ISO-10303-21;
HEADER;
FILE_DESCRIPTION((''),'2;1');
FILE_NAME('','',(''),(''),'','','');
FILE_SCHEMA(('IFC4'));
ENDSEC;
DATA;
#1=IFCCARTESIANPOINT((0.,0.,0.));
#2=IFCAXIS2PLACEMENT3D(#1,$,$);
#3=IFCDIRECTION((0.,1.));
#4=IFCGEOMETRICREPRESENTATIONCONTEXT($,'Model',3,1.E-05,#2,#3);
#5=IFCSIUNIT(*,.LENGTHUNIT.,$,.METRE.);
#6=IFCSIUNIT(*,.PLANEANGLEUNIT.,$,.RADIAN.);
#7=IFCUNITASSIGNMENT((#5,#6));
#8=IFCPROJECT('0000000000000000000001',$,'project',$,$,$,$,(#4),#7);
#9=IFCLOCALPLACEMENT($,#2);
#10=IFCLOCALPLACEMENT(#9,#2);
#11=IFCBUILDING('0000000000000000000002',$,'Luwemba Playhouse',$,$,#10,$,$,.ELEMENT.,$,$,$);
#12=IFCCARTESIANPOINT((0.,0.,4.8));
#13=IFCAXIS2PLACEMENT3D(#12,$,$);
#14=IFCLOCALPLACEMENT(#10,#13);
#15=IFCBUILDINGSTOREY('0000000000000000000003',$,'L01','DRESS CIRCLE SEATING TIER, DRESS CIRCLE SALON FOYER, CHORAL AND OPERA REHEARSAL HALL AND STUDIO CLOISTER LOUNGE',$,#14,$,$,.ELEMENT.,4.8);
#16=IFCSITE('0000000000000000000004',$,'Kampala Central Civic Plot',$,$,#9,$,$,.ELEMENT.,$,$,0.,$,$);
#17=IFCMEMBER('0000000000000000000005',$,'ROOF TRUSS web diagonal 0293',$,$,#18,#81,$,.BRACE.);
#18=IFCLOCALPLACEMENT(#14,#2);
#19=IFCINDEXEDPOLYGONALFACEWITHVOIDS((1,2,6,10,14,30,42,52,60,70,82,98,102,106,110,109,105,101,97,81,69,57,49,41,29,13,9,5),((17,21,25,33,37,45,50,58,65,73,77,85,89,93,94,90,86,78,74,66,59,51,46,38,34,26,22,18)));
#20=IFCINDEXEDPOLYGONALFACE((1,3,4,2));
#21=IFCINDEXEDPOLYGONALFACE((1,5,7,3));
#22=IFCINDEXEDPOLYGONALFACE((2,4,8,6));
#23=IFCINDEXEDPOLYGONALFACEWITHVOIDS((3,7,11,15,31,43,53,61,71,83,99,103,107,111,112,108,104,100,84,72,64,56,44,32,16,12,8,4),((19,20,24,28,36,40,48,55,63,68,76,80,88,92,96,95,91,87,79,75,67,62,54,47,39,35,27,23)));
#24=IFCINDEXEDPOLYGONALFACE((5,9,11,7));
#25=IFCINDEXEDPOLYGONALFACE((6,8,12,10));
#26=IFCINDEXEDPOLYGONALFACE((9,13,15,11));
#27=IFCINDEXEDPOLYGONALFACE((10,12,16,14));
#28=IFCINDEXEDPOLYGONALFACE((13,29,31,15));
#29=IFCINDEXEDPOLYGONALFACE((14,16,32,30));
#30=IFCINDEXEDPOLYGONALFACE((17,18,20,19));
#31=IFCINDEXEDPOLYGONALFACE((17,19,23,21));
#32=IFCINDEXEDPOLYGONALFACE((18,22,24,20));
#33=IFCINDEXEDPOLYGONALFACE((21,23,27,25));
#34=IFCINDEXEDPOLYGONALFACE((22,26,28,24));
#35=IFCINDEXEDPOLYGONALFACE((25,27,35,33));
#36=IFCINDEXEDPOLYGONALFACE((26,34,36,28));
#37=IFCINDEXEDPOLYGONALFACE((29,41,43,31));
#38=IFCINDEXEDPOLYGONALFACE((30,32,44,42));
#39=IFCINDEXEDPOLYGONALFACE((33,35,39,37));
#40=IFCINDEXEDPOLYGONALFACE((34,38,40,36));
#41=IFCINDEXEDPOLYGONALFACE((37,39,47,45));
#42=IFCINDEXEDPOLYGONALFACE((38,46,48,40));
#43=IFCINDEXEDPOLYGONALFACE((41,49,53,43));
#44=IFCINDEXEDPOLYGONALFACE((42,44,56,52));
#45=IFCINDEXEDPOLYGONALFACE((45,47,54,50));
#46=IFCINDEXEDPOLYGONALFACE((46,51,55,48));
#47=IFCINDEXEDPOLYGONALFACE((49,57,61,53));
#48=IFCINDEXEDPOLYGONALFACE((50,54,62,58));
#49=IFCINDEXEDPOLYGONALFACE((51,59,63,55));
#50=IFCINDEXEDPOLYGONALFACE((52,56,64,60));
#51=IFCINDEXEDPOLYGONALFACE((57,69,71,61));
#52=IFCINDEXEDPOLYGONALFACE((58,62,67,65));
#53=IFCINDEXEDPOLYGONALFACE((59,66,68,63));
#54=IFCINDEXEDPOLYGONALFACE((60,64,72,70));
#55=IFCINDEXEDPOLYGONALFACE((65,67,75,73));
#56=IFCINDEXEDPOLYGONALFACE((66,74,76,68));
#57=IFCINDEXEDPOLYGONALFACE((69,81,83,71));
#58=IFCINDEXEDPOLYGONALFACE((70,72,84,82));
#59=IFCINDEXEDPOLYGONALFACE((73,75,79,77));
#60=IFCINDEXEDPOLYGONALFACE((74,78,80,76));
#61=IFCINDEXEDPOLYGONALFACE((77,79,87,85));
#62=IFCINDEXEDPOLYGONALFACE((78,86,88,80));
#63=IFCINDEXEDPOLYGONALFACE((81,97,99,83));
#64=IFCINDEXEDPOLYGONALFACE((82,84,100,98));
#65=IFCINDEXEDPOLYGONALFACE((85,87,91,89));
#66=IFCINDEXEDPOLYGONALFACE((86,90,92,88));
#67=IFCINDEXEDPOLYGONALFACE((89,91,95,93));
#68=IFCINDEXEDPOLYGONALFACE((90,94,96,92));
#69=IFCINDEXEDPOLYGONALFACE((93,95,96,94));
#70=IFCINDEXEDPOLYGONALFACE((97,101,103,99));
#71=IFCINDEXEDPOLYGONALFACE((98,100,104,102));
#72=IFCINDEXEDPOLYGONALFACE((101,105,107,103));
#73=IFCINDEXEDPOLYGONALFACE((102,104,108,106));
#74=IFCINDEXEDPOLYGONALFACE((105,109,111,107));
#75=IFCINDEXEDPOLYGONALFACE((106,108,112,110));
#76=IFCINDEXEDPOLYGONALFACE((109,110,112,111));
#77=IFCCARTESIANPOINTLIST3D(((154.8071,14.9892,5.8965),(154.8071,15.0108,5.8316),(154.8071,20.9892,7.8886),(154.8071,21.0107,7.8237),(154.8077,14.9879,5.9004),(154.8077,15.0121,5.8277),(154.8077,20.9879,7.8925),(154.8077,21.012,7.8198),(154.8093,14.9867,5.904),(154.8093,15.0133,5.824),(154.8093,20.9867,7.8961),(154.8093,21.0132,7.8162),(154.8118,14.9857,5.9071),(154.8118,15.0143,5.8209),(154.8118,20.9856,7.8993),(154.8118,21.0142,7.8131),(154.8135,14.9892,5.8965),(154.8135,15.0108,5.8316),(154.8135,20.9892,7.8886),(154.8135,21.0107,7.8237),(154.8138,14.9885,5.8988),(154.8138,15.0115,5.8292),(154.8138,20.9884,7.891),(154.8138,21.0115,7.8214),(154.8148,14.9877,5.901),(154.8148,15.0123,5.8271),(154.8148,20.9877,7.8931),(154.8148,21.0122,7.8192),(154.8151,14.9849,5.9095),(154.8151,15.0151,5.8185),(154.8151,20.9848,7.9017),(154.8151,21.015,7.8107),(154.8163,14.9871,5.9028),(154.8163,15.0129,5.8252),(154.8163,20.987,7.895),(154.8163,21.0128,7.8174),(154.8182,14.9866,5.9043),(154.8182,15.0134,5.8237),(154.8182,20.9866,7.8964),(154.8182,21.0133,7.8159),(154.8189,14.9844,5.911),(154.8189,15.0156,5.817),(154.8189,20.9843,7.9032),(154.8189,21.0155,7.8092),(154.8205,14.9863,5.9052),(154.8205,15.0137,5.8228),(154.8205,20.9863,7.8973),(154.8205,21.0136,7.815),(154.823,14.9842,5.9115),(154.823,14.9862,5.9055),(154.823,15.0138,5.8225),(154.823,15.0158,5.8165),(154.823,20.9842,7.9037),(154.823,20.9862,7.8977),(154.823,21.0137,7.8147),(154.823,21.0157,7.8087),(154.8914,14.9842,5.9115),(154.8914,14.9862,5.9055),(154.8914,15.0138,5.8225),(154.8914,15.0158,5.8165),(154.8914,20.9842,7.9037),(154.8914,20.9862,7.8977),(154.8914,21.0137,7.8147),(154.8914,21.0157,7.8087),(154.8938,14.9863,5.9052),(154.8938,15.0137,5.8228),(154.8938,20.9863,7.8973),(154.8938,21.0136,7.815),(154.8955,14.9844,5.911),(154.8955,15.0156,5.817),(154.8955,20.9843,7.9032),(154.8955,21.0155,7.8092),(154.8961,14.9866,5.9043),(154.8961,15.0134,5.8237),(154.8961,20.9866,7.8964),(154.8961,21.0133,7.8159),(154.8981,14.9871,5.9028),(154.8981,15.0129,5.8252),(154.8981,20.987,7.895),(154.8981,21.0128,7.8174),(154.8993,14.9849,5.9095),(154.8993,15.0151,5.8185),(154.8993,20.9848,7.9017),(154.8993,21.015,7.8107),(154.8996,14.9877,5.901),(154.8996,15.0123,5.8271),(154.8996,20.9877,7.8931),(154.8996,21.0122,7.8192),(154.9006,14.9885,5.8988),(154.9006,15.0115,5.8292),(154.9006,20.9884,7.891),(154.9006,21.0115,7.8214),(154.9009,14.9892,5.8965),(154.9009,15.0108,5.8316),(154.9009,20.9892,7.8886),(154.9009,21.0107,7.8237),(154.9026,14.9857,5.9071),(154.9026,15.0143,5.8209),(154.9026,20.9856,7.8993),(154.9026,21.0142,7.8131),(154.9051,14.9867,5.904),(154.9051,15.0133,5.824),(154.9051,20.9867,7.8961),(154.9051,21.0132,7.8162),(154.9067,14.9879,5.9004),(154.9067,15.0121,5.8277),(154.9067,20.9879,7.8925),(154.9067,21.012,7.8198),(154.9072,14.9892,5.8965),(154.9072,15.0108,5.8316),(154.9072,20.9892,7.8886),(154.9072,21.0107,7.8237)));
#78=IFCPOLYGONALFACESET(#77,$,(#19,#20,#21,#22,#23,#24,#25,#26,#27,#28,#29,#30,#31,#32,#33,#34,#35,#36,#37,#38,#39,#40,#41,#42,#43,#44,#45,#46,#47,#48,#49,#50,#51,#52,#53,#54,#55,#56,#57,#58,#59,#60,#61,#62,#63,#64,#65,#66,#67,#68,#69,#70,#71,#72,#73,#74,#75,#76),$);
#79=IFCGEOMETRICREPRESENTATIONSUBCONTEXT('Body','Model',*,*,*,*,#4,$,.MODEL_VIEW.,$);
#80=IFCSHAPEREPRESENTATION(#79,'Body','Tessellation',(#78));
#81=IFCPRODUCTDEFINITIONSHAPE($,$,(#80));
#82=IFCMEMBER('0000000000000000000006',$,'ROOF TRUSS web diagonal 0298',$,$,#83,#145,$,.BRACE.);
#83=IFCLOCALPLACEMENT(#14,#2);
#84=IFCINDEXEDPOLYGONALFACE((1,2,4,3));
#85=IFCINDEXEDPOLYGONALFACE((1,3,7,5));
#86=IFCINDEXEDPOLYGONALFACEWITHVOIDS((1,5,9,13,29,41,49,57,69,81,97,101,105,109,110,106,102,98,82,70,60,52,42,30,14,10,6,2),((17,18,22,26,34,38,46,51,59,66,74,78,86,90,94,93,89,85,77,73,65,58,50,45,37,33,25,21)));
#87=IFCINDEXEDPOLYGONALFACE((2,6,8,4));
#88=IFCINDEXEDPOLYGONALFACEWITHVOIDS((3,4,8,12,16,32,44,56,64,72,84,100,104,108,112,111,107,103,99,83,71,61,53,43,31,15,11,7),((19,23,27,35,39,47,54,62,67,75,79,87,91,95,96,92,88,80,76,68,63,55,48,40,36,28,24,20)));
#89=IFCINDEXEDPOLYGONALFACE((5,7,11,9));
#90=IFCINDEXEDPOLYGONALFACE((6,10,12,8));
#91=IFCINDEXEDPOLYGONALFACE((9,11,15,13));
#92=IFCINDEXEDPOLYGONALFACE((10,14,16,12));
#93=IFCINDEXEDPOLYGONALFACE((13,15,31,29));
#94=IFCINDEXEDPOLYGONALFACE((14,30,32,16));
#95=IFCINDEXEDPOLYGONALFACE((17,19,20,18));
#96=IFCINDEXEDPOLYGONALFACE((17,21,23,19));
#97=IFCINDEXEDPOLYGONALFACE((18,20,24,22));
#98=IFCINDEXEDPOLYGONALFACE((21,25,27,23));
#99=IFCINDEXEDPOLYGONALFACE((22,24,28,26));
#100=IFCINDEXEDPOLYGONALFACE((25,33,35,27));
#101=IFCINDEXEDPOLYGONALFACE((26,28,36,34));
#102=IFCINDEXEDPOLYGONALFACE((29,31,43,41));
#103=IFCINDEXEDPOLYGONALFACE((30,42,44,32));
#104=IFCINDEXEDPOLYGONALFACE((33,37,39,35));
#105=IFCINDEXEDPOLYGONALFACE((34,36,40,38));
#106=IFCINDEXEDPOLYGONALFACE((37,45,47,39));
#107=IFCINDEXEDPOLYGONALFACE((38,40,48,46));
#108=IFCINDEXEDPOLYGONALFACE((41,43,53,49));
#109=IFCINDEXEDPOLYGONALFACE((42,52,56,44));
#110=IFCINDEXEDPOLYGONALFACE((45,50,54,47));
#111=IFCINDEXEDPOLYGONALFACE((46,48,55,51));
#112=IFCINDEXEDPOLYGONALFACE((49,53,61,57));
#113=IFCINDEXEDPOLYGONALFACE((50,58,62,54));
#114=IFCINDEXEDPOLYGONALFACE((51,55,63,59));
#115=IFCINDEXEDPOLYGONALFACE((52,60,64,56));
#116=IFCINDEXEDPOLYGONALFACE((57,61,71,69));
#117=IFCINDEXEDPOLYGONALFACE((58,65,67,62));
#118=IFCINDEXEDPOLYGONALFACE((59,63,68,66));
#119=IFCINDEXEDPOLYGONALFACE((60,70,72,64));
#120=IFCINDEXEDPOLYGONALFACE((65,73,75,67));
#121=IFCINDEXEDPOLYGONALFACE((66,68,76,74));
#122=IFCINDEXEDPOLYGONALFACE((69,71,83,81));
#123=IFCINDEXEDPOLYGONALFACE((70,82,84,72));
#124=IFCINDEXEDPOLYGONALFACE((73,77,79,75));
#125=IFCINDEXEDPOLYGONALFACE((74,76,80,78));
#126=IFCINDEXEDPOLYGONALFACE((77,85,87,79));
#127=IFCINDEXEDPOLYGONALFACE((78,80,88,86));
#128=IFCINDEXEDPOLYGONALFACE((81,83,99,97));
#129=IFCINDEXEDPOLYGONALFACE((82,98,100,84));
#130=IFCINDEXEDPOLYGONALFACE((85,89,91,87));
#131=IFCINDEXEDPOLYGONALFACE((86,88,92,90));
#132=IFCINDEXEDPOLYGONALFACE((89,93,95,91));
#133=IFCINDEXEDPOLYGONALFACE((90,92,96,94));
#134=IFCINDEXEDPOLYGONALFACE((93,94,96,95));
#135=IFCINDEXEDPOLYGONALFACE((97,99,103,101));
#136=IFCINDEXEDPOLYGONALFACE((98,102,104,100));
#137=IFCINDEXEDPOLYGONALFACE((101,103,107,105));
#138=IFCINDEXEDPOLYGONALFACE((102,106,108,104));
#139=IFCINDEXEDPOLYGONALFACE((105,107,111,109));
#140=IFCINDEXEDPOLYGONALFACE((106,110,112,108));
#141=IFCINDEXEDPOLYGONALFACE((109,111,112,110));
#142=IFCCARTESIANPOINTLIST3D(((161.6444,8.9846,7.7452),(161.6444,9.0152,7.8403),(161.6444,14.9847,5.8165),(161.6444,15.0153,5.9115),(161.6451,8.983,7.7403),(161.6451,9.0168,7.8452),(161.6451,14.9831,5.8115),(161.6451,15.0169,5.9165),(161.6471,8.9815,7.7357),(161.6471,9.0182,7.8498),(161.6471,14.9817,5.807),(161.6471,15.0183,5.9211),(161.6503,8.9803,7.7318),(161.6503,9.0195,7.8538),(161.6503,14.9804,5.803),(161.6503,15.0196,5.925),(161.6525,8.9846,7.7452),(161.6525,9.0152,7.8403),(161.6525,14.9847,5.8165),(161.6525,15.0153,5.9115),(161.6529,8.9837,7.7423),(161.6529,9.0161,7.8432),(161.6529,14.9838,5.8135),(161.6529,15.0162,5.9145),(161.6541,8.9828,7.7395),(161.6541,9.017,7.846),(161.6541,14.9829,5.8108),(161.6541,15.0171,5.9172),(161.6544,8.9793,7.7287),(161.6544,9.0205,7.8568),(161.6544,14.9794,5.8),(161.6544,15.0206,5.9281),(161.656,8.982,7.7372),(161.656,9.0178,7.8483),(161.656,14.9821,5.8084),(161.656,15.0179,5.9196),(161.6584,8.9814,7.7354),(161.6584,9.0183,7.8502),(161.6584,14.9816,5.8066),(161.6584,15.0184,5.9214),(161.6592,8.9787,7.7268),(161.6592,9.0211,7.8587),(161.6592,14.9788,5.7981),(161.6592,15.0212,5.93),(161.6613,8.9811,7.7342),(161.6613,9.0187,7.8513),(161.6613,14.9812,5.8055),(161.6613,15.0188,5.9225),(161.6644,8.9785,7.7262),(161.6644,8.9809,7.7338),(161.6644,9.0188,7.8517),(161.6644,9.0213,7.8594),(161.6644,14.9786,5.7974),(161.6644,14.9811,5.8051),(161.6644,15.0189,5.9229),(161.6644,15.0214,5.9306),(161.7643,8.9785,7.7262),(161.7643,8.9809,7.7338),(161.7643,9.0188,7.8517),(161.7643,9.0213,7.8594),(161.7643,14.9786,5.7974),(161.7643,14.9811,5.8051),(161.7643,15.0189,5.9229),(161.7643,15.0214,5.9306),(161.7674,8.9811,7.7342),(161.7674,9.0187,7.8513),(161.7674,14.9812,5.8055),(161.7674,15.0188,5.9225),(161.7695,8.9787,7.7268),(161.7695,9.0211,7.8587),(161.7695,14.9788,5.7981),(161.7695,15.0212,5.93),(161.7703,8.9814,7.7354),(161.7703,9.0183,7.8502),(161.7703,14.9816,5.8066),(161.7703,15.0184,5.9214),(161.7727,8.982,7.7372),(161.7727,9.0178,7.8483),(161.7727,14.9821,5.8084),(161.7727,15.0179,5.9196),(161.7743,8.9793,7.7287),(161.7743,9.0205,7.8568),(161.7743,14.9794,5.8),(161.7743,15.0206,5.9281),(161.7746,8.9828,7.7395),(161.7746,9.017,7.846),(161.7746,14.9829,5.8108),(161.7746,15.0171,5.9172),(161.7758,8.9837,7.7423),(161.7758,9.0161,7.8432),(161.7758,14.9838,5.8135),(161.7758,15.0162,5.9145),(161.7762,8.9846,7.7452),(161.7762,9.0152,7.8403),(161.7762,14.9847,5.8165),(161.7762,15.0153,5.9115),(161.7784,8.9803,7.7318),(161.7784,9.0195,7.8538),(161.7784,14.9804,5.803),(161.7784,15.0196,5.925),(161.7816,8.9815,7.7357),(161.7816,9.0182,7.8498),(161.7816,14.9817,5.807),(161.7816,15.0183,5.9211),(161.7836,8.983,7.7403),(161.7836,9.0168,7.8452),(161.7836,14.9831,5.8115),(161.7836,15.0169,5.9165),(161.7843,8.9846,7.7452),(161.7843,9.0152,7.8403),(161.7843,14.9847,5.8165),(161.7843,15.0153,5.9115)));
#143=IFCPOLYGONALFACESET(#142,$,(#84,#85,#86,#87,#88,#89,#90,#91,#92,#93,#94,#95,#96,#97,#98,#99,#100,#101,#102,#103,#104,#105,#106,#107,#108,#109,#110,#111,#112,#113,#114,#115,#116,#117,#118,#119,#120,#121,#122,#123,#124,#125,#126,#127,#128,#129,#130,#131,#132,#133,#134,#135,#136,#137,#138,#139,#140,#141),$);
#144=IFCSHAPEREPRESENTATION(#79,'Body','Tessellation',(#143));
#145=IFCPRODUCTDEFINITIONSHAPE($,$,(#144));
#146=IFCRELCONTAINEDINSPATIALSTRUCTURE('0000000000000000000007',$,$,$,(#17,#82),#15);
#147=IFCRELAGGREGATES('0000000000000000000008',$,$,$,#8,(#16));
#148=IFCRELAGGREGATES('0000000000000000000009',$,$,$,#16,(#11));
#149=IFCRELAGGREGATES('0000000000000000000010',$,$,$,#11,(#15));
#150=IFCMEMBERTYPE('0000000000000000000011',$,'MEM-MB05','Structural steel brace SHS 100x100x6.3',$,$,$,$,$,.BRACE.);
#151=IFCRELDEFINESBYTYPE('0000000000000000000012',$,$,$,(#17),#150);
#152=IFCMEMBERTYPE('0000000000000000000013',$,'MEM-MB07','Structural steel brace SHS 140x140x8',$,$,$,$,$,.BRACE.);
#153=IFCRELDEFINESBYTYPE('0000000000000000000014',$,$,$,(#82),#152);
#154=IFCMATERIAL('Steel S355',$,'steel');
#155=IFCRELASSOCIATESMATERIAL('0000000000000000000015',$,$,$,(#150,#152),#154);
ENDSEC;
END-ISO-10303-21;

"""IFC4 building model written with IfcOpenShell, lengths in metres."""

from ifc_helpers import new_model, si_unit, direction, frame, origin, origin_2d, place, context, subcontext, project, spatial, hollow_rectangle, extrude, material, material_profile, profile_set, type_object, element, save


model = new_model("IFC4")

# Units and contexts
model_context = context("Model", 3, precision=1e-05, world=origin(), true_north=direction((0.0, 1.0)))
body_context = subcontext(model_context, "Body", "Model", "MODEL_VIEW")
ifc_project = project(units=[si_unit("LENGTHUNIT", "METRE"), si_unit("PLANEANGLEUNIT", "RADIAN")], contexts=[model_context])

# Site, building, storey
site_placement = place(None, origin())
site = spatial("IfcSite", under=ifc_project, at=site_placement, Name="Kampala Central Civic Plot", CompositionType="ELEMENT", RefElevation=0.0)
building_placement = place(site_placement, origin())
building = spatial("IfcBuilding", under=site, at=building_placement, Name="Luwemba Playhouse", CompositionType="ELEMENT")
storey_placement = place(building_placement, frame((0.0, 0.0, 4.8)))
storey = spatial("IfcBuildingStorey", under=building, at=storey_placement, Name="L01", Description="DRESS CIRCLE SEATING TIER, DRESS CIRCLE SALON FOYER, CHORAL AND OPERA REHEARSAL HALL AND STUDIO CLOISTER LOUNGE", CompositionType="ELEMENT", Elevation=4.8)

# Shared definitions
ifc_material_1 = material(Name="Steel S355", Category="steel")

# Members
ifc_material_profile_1 = material_profile(ifc_material_1, hollow_rectangle(XDim=0.1001, YDim=0.1001, WallThickness=0.0063, InnerFilletRadius=0.0095, OuterFilletRadius=0.0159, at=origin_2d()))
ifc_profile_set_1 = profile_set([ifc_material_profile_1], Name="Steel S355")
member_type_1 = type_object("IfcMemberType", Name="MEM-MB05", Description="Structural steel brace SHS 100x100x6.3", PredefinedType="BRACE", material=ifc_profile_set_1)
for number, where, z_axis, x_axis, name in (
    (1, (154.8572, 15.0, 5.864), (0.0, 0.949053, 0.315115), (-1.0, 0.0, 0.0), "ROOF TRUSS web diagonal 0293"),
):
    element("IfcMember", number, at=place(storey_placement, frame(where, z_axis=z_axis, x_axis=x_axis)), inside=storey, type_object=member_type_1, Name=name, PredefinedType="BRACE", context=body_context, shape_type="SweptSolid", body=[
        extrude(hollow_rectangle(XDim=0.1001, YDim=0.1001, WallThickness=0.0063, InnerFilletRadius=0.0095, OuterFilletRadius=0.0159, at=origin_2d()), origin(), (0.0, 0.0, 1.0), 6.322),
    ])
ifc_material_profile_2 = material_profile(ifc_material_1, hollow_rectangle(XDim=0.1399, YDim=0.1399, WallThickness=0.0081, InnerFilletRadius=0.012, OuterFilletRadius=0.02, at=origin_2d()))
ifc_profile_set_2 = profile_set([ifc_material_profile_2], Name="Steel S355")
member_type_2 = type_object("IfcMemberType", Name="MEM-MB07", Description="Structural steel brace SHS 140x140x8", PredefinedType="BRACE", material=ifc_profile_set_2)
for number, where, z_axis, x_axis, name in (
    (2, (161.7144, 15.0, 5.864), (0.0, -0.952022, 0.306029), (1.0, 0.0, 0.0), "ROOF TRUSS web diagonal 0298"),
):
    element("IfcMember", number, at=place(storey_placement, frame(where, z_axis=z_axis, x_axis=x_axis)), inside=storey, type_object=member_type_2, Name=name, PredefinedType="BRACE", context=body_context, shape_type="SweptSolid", body=[
        extrude(hollow_rectangle(XDim=0.1399, YDim=0.1399, WallThickness=0.0081, InnerFilletRadius=0.012, OuterFilletRadius=0.02, at=origin_2d()), origin(), (0.0, 0.0, 1.0), 6.3025),
    ])

save(model, "model.ifc")
